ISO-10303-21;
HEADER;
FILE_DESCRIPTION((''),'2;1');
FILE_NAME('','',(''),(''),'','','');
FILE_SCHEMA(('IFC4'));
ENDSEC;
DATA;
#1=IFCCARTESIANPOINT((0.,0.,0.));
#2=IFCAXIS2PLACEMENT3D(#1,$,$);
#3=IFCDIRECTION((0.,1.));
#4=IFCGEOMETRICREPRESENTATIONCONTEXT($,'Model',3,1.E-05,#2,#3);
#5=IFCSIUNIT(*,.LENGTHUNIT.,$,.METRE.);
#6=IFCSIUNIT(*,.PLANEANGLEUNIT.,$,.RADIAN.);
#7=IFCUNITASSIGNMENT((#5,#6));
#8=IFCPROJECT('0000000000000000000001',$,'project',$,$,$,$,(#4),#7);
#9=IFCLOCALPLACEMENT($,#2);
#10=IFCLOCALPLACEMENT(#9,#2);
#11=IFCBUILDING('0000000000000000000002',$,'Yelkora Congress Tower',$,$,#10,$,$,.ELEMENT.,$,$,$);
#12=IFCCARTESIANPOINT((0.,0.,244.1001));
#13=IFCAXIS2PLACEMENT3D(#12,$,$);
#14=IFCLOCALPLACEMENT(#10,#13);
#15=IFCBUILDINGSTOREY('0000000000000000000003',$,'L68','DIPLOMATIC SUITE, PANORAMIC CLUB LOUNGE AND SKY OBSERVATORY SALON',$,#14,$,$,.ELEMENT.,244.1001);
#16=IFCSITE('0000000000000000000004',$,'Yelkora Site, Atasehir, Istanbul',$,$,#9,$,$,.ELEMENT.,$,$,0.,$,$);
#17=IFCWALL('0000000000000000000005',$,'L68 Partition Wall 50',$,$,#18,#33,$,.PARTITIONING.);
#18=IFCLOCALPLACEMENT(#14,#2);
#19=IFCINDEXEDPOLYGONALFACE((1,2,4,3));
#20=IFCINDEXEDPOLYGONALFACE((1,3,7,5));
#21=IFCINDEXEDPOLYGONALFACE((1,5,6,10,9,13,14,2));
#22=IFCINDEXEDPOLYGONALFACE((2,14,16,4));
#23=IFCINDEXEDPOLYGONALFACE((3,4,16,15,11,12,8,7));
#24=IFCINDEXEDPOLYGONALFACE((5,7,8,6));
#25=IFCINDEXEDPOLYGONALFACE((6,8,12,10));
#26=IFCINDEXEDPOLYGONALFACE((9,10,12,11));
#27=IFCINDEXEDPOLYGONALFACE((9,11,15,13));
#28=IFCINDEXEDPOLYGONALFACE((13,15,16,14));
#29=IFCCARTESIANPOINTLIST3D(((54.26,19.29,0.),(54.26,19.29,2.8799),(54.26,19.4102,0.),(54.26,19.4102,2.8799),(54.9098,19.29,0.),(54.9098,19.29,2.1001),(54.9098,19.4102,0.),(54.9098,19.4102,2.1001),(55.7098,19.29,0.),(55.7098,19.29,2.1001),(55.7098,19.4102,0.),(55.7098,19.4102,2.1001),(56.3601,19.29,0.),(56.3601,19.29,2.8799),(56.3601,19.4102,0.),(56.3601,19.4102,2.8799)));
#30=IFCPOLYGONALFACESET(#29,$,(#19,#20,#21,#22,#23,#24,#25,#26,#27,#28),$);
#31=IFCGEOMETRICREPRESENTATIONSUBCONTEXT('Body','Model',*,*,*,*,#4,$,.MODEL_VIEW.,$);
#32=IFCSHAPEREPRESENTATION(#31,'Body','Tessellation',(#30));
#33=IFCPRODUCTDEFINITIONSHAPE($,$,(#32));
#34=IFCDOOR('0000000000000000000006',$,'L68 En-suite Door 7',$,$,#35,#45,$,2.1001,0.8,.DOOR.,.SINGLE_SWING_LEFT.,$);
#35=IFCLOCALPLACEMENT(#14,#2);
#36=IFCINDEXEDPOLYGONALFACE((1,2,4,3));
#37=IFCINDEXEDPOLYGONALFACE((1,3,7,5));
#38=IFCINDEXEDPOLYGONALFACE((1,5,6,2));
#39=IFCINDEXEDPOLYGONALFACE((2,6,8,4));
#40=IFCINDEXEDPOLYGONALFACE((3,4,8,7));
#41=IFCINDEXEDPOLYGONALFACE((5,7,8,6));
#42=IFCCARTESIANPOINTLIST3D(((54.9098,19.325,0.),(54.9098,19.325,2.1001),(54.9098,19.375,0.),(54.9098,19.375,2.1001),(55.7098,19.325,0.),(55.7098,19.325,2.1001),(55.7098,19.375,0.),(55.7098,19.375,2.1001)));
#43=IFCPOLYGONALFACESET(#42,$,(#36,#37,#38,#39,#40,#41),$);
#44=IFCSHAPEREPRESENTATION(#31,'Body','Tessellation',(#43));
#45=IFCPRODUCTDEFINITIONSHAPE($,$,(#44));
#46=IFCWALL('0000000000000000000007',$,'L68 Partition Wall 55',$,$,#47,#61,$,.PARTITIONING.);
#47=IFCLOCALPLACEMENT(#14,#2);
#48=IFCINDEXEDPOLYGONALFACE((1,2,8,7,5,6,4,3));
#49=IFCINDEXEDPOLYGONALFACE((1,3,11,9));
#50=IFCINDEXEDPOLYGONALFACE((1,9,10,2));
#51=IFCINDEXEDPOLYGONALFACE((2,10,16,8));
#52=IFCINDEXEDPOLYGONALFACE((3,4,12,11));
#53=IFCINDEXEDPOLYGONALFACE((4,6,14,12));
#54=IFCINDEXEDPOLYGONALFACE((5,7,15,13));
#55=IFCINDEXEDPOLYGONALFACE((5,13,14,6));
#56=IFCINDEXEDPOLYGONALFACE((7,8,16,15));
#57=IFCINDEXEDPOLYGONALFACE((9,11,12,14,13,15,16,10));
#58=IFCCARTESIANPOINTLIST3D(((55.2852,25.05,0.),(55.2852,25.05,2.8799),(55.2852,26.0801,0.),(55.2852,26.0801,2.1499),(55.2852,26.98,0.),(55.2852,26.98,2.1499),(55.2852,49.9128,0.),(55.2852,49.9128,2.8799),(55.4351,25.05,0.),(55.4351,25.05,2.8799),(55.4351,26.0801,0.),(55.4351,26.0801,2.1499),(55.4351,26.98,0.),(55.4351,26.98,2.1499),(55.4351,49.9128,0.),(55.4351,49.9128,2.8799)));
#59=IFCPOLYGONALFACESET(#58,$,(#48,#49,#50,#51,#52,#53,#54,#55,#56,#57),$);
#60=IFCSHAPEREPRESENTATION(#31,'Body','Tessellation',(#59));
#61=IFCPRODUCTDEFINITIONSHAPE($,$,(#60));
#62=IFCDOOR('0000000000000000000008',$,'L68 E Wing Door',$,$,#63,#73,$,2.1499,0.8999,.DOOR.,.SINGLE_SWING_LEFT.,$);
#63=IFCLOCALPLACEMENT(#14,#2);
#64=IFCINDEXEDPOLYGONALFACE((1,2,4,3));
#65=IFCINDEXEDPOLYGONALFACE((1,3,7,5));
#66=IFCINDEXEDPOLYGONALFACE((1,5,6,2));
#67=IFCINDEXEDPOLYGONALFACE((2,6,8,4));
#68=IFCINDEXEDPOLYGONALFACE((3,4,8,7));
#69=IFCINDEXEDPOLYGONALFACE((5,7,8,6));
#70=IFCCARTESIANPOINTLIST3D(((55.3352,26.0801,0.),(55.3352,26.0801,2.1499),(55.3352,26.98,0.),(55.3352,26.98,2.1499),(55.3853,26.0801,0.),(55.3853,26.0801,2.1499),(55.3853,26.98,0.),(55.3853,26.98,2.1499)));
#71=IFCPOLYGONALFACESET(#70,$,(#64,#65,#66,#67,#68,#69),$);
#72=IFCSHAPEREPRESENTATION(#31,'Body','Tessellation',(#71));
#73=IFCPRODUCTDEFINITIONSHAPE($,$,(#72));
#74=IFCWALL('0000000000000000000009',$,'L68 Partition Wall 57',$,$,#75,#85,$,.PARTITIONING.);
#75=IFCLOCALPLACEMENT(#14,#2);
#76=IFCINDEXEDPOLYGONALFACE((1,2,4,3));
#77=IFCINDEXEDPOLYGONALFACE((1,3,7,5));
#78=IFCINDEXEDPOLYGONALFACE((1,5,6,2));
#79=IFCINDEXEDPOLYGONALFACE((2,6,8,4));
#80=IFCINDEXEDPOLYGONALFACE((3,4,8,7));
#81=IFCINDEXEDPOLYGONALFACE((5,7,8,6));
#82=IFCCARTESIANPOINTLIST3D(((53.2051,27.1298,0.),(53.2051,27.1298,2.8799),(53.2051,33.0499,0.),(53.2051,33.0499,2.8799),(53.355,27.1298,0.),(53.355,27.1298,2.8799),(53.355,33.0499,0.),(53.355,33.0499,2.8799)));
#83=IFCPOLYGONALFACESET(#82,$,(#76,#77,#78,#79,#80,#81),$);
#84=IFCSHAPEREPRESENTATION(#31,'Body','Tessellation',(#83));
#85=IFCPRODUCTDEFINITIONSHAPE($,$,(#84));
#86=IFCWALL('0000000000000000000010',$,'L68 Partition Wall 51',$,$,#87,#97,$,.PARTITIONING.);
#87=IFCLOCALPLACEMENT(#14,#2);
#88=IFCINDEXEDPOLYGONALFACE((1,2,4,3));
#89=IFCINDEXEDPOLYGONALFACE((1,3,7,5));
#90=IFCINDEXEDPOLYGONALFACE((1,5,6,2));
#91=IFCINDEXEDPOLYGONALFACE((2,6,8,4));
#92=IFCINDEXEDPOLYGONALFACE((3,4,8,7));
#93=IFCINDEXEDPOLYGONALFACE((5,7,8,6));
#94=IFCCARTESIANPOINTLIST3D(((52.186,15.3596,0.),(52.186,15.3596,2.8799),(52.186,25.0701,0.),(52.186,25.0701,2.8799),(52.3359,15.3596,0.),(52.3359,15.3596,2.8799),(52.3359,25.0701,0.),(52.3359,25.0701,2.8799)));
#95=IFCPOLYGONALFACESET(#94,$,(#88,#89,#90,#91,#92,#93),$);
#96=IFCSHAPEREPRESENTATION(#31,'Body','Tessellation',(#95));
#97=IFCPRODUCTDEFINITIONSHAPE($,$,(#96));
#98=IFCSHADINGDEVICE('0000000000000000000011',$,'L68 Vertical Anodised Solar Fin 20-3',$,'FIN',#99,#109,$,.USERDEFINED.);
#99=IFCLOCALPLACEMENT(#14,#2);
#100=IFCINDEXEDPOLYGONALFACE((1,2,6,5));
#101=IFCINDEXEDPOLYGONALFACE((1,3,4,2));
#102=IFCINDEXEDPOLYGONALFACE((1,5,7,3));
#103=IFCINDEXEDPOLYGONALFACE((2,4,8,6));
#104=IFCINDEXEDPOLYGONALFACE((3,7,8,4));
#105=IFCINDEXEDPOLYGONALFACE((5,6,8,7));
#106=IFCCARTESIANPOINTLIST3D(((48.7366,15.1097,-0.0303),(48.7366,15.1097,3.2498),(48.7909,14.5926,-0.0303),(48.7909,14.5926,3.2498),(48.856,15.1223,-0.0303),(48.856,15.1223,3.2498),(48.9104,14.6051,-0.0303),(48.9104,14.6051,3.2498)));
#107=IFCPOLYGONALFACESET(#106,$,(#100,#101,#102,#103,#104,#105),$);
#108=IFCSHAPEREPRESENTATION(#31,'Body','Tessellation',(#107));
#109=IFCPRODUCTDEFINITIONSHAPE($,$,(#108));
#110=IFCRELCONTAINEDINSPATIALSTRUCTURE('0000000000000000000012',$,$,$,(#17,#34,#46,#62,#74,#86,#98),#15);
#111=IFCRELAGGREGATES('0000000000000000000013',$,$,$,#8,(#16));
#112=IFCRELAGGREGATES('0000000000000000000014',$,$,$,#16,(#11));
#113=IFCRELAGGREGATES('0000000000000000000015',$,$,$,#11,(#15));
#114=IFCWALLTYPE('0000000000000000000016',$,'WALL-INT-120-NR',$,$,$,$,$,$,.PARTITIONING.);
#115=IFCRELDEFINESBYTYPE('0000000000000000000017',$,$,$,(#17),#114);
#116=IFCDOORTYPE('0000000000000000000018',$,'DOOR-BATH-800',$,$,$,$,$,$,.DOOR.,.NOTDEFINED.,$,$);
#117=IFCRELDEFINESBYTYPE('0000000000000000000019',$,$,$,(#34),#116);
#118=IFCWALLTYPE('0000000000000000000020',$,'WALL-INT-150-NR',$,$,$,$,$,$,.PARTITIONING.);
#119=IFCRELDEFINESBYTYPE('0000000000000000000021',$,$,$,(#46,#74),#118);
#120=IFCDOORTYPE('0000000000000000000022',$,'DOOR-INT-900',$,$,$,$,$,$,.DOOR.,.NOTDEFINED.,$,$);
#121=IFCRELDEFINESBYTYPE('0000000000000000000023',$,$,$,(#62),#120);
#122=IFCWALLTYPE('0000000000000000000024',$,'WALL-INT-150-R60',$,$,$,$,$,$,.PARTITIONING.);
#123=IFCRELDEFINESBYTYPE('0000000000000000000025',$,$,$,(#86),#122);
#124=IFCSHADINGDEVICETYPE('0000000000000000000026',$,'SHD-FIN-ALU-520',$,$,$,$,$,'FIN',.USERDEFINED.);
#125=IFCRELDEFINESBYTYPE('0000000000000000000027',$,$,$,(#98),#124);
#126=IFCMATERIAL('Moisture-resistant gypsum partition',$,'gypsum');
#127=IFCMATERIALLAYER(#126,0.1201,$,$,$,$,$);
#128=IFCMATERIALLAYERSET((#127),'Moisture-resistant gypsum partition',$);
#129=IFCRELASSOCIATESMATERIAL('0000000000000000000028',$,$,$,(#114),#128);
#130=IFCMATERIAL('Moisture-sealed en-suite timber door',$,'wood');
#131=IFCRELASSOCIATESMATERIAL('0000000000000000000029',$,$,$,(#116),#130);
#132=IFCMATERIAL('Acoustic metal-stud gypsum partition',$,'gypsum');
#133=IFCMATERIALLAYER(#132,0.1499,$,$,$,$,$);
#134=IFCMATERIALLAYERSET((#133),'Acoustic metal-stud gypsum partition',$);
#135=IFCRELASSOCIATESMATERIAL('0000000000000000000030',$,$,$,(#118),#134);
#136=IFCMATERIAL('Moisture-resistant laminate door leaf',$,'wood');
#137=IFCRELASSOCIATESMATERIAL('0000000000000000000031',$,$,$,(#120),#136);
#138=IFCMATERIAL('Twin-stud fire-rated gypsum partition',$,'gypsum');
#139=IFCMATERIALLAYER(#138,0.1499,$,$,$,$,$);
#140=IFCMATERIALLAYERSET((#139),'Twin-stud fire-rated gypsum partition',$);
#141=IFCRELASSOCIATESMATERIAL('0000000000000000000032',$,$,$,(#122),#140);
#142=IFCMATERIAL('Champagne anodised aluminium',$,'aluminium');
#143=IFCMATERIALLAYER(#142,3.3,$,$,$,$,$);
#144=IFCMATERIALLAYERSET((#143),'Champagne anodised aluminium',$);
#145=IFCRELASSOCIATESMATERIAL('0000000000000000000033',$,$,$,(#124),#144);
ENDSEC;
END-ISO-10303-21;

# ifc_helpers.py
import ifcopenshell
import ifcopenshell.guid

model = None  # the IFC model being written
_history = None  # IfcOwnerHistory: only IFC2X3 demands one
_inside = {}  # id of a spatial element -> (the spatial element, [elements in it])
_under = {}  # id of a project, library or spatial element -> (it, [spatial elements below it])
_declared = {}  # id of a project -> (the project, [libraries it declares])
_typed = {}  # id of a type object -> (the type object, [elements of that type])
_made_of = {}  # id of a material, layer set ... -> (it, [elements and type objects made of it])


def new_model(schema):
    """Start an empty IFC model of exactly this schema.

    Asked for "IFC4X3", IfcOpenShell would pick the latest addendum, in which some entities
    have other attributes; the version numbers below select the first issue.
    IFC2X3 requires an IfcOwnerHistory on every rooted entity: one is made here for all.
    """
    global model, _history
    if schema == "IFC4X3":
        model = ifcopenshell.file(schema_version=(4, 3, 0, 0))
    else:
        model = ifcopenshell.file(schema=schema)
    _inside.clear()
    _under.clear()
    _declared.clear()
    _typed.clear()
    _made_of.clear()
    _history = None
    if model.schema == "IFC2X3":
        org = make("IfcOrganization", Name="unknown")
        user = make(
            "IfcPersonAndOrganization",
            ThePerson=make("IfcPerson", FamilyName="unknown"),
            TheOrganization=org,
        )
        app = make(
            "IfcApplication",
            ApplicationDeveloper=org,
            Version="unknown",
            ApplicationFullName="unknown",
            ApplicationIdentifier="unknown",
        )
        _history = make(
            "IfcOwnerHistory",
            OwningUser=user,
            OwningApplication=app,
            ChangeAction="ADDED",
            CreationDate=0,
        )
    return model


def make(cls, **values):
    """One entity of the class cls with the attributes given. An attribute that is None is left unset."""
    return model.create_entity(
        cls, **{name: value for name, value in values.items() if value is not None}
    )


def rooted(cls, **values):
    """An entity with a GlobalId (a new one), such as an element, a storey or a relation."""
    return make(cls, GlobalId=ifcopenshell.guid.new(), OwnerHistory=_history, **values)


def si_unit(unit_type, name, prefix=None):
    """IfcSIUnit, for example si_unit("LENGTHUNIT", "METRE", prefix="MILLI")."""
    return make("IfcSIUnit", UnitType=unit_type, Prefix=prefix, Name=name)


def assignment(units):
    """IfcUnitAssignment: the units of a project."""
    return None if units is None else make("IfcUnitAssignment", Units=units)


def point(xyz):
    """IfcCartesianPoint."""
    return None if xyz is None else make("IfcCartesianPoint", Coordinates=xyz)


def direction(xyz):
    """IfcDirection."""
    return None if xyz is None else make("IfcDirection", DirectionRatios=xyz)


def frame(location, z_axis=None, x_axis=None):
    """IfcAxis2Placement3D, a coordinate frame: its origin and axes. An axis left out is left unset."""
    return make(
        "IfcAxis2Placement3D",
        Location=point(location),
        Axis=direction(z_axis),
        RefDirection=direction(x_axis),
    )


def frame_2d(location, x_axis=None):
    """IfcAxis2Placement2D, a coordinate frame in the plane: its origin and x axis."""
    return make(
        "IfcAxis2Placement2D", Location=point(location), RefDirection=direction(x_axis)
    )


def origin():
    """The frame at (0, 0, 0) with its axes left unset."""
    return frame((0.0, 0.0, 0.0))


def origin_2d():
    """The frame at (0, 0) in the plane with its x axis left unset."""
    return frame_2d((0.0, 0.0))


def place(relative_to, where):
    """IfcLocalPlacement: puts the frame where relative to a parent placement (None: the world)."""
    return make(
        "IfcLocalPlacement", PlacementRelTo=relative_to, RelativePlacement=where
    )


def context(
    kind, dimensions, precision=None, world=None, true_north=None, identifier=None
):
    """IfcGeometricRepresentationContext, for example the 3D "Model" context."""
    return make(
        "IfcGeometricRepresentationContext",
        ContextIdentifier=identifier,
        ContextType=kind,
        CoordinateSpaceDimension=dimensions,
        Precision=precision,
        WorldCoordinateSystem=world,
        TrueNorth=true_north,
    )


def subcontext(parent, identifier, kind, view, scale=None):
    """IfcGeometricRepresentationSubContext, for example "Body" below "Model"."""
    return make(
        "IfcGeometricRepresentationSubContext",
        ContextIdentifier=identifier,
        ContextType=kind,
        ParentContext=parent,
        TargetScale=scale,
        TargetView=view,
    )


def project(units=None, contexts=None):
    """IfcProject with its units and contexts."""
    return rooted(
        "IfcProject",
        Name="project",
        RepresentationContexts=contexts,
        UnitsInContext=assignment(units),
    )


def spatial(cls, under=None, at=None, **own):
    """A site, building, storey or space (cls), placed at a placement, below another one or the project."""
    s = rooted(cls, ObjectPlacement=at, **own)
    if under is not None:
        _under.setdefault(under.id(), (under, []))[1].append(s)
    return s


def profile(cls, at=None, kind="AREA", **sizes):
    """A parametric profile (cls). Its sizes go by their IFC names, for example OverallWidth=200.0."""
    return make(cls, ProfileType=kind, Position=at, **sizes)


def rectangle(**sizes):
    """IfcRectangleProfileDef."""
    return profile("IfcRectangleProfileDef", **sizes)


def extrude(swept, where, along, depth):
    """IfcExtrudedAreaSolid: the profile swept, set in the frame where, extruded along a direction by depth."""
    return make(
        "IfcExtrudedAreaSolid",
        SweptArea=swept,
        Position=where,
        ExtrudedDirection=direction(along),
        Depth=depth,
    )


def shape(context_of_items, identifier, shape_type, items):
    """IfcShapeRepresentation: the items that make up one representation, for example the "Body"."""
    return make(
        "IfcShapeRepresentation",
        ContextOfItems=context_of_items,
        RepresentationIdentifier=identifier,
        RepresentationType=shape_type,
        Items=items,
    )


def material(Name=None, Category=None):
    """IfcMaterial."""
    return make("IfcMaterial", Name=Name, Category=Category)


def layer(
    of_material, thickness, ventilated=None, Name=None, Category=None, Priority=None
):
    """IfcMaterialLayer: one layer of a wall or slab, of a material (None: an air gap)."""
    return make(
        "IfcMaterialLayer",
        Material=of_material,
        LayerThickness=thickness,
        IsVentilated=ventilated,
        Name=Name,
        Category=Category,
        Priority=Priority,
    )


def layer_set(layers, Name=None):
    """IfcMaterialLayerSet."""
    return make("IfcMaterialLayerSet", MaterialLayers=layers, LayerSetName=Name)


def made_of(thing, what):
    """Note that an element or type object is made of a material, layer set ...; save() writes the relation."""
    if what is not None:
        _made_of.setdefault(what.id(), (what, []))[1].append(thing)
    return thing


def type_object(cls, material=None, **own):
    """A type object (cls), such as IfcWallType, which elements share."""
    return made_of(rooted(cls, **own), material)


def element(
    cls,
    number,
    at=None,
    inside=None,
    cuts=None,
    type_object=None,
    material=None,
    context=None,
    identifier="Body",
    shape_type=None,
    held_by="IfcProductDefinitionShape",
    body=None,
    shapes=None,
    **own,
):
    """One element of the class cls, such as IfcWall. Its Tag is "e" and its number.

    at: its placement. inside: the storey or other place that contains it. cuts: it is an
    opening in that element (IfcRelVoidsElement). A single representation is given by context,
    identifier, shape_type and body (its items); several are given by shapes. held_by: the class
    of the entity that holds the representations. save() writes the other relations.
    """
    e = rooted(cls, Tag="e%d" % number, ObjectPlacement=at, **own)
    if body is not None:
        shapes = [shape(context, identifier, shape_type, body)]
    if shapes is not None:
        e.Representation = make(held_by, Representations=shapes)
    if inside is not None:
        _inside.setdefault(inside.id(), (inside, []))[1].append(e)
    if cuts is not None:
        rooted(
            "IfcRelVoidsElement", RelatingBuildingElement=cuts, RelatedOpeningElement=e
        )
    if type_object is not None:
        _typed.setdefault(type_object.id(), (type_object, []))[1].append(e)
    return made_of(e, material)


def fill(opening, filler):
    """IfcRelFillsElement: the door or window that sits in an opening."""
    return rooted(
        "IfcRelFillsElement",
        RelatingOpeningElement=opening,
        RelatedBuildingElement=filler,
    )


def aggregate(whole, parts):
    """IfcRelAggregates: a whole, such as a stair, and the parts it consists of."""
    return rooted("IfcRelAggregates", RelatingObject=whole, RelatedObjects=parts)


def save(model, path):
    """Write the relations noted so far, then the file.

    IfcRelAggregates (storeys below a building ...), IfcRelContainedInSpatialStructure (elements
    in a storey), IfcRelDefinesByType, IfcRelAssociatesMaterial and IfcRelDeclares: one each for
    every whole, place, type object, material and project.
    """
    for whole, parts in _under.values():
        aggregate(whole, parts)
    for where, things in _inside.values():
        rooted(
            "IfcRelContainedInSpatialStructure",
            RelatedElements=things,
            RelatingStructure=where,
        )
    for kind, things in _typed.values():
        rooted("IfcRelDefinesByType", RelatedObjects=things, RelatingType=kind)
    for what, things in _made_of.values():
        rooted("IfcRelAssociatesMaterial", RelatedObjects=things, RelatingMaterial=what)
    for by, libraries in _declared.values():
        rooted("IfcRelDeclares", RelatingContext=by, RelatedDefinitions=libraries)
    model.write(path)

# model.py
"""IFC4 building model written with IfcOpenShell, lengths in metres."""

from ifc_helpers import new_model, si_unit, direction, frame, frame_2d, origin, origin_2d, place, context, subcontext, project, spatial, rectangle, extrude, material, layer, layer_set, type_object, element, fill, save


model = new_model("IFC4")

# Units and contexts
model_context = context("Model", 3, precision=1e-05, world=origin(), true_north=direction((0.0, 1.0)))
body_context = subcontext(model_context, "Body", "Model", "MODEL_VIEW")
ifc_project = project(units=[si_unit("LENGTHUNIT", "METRE"), si_unit("PLANEANGLEUNIT", "RADIAN")], contexts=[model_context])

# Site, building, storey
site_placement = place(None, origin())
site = spatial("IfcSite", under=ifc_project, at=site_placement, Name="Yelkora Site, Atasehir, Istanbul", CompositionType="ELEMENT", RefElevation=0.0)
building_placement = place(site_placement, origin())
building = spatial("IfcBuilding", under=site, at=building_placement, Name="Yelkora Congress Tower", CompositionType="ELEMENT")
storey_placement = place(building_placement, frame((0.0, 0.0, 244.1001)))
storey = spatial("IfcBuildingStorey", under=building, at=storey_placement, Name="L68", Description="DIPLOMATIC SUITE, PANORAMIC CLUB LOUNGE AND SKY OBSERVATORY SALON", CompositionType="ELEMENT", Elevation=244.1001)

# Shared definitions
ifc_material_1 = material(Name="Moisture-resistant gypsum partition", Category="gypsum")
ifc_layer_1 = layer(ifc_material_1, 0.1201)
ifc_layer_set_1 = layer_set([ifc_layer_1], Name="Moisture-resistant gypsum partition")
wall_type_1 = type_object("IfcWallType", Name="WALL-INT-120-NR", PredefinedType="PARTITIONING", material=ifc_layer_set_1)

# Shared definitions
ifc_material_2 = material(Name="Moisture-sealed en-suite timber door", Category="wood")
door_type_1 = type_object("IfcDoorType", Name="DOOR-BATH-800", OperationType="NOTDEFINED", PredefinedType="DOOR", material=ifc_material_2)

# Walls, openings, doors
wall_1_placement = place(storey_placement, frame((54.26, 19.3501, 0.0), z_axis=(0.0, 0.0, 1.0), x_axis=(1.0, 0.0, 0.0)))
wall_1 = element("IfcWall", 1, at=wall_1_placement, inside=storey, type_object=wall_type_1, Name="L68 Partition Wall 50", PredefinedType="PARTITIONING", context=body_context, shape_type="SweptSolid", body=[
    extrude(rectangle(XDim=2.1001, YDim=0.1201, at=frame_2d((1.05, 0.0))), origin(), (0.0, 0.0, 1.0), 2.8799),
])
opening_1_placement = place(wall_1_placement, frame((0.6499, 0.0, 0.0)))
opening_1 = element("IfcOpeningElement", 2, at=opening_1_placement, cuts=wall_1, PredefinedType="OPENING", context=body_context, shape_type="SweptSolid", body=[
    extrude(rectangle(XDim=0.8, YDim=2.1001, at=frame_2d((0.3999, 1.05))), frame((0.0, 0.0701, 0.0), z_axis=(0.0, -1.0, 0.0), x_axis=(1.0, 0.0, 0.0)), (0.0, 0.0, 1.0), 0.1401),
])
door_1_placement = place(opening_1_placement, origin())
door_1 = element("IfcDoor", 3, at=door_1_placement, inside=storey, type_object=door_type_1, Name="L68 En-suite Door 7", OperationType="SINGLE_SWING_LEFT", OverallHeight=2.1001, OverallWidth=0.8, PredefinedType="DOOR", context=body_context, shape_type="SweptSolid", body=[
    extrude(rectangle(XDim=0.8, YDim=2.1001, at=frame_2d((0.3999, 1.05))), frame((0.0, 0.0249, 0.0), z_axis=(0.0, -1.0, 0.0), x_axis=(1.0, 0.0, 0.0)), (0.0, 0.0, 1.0), 0.05),
])
fill(opening_1, door_1)
ifc_material_3 = material(Name="Acoustic metal-stud gypsum partition", Category="gypsum")
ifc_layer_2 = layer(ifc_material_3, 0.1499)
ifc_layer_set_2 = layer_set([ifc_layer_2], Name="Acoustic metal-stud gypsum partition")
wall_type_2 = type_object("IfcWallType", Name="WALL-INT-150-NR", PredefinedType="PARTITIONING", material=ifc_layer_set_2)
wall_2_placement = place(storey_placement, frame((55.3601, 25.05, 0.0), z_axis=(0.0, 0.0, 1.0), x_axis=(0.0, 1.0, 0.0)))
wall_2 = element("IfcWall", 4, at=wall_2_placement, inside=storey, type_object=wall_type_2, Name="L68 Partition Wall 55", PredefinedType="PARTITIONING", context=body_context, shape_type="SweptSolid", body=[
    extrude(rectangle(XDim=24.8628, YDim=0.1499, at=frame_2d((12.4314, 0.0))), origin(), (0.0, 0.0, 1.0), 2.8799),
])
opening_2_placement = place(wall_2_placement, frame((1.03, 0.0, 0.0)))
opening_2 = element("IfcOpeningElement", 5, at=opening_2_placement, cuts=wall_2, PredefinedType="OPENING", context=body_context, shape_type="SweptSolid", body=[
    extrude(rectangle(XDim=0.8999, YDim=2.1499, at=frame_2d((0.45, 1.075))), frame((0.0, 0.085, 0.0), z_axis=(0.0, -1.0, 0.0), x_axis=(1.0, 0.0, 0.0)), (0.0, 0.0, 1.0), 0.1699),
])
ifc_material_4 = material(Name="Moisture-resistant laminate door leaf", Category="wood")
door_type_2 = type_object("IfcDoorType", Name="DOOR-INT-900", OperationType="NOTDEFINED", PredefinedType="DOOR", material=ifc_material_4)
door_2_placement = place(opening_2_placement, origin())
door_2 = element("IfcDoor", 6, at=door_2_placement, inside=storey, type_object=door_type_2, Name="L68 E Wing Door", OperationType="SINGLE_SWING_LEFT", OverallHeight=2.1499, OverallWidth=0.8999, PredefinedType="DOOR", context=body_context, shape_type="SweptSolid", body=[
    extrude(rectangle(XDim=0.8999, YDim=2.1499, at=frame_2d((0.45, 1.075))), frame((0.0, 0.0249, 0.0), z_axis=(0.0, -1.0, 0.0), x_axis=(1.0, 0.0, 0.0)), (0.0, 0.0, 1.0), 0.05),
])
fill(opening_2, door_2)

# Walls
wall_3_placement = place(storey_placement, frame((53.28, 27.1299, 0.0), z_axis=(0.0, 0.0, 1.0), x_axis=(0.0, 1.0, 0.0)))
element("IfcWall", 7, at=wall_3_placement, inside=storey, type_object=wall_type_2, Name="L68 Partition Wall 57", PredefinedType="PARTITIONING", context=body_context, shape_type="SweptSolid", body=[
    extrude(rectangle(XDim=5.9202, YDim=0.1499, at=frame_2d((2.96, 0.0))), origin(), (0.0, 0.0, 1.0), 2.8799),
])
ifc_material_5 = material(Name="Twin-stud fire-rated gypsum partition", Category="gypsum")
ifc_layer_3 = layer(ifc_material_5, 0.1499)
ifc_layer_set_3 = layer_set([ifc_layer_3], Name="Twin-stud fire-rated gypsum partition")
wall_type_3 = type_object("IfcWallType", Name="WALL-INT-150-R60", PredefinedType="PARTITIONING", material=ifc_layer_set_3)
wall_4_placement = place(storey_placement, frame((52.261, 15.3596, 0.0), z_axis=(0.0, 0.0, 1.0), x_axis=(0.0, 1.0, 0.0)))
element("IfcWall", 8, at=wall_4_placement, inside=storey, type_object=wall_type_3, Name="L68 Partition Wall 51", PredefinedType="PARTITIONING", context=body_context, shape_type="SweptSolid", body=[
    extrude(rectangle(XDim=9.7104, YDim=0.1499, at=frame_2d((4.8552, 0.0))), origin(), (0.0, 0.0, 1.0), 2.8799),
])

# Shading device
ifc_material_6 = material(Name="Champagne anodised aluminium", Category="aluminium")
ifc_layer_4 = layer(ifc_material_6, 3.3)
ifc_layer_set_4 = layer_set([ifc_layer_4], Name="Champagne anodised aluminium")
shading_device_type = type_object("IfcShadingDeviceType", Name="SHD-FIN-ALU-520", ElementType="FIN", PredefinedType="USERDEFINED", material=ifc_layer_set_4)
shading_device_placement = place(storey_placement, frame((48.8235, 14.8574, -0.0303), z_axis=(0.0, 0.0, 1.0), x_axis=(-0.994522, -0.104528, 0.0)))
element("IfcShadingDevice", 9, at=shading_device_placement, inside=storey, type_object=shading_device_type, Name="L68 Vertical Anodised Solar Fin 20-3", ObjectType="FIN", PredefinedType="USERDEFINED", context=body_context, shape_type="SweptSolid", body=[
    extrude(rectangle(XDim=0.1201, YDim=0.52, at=origin_2d()), origin(), (0.0, 0.0, 1.0), 3.28),
])

save(model, "model.ifc")
